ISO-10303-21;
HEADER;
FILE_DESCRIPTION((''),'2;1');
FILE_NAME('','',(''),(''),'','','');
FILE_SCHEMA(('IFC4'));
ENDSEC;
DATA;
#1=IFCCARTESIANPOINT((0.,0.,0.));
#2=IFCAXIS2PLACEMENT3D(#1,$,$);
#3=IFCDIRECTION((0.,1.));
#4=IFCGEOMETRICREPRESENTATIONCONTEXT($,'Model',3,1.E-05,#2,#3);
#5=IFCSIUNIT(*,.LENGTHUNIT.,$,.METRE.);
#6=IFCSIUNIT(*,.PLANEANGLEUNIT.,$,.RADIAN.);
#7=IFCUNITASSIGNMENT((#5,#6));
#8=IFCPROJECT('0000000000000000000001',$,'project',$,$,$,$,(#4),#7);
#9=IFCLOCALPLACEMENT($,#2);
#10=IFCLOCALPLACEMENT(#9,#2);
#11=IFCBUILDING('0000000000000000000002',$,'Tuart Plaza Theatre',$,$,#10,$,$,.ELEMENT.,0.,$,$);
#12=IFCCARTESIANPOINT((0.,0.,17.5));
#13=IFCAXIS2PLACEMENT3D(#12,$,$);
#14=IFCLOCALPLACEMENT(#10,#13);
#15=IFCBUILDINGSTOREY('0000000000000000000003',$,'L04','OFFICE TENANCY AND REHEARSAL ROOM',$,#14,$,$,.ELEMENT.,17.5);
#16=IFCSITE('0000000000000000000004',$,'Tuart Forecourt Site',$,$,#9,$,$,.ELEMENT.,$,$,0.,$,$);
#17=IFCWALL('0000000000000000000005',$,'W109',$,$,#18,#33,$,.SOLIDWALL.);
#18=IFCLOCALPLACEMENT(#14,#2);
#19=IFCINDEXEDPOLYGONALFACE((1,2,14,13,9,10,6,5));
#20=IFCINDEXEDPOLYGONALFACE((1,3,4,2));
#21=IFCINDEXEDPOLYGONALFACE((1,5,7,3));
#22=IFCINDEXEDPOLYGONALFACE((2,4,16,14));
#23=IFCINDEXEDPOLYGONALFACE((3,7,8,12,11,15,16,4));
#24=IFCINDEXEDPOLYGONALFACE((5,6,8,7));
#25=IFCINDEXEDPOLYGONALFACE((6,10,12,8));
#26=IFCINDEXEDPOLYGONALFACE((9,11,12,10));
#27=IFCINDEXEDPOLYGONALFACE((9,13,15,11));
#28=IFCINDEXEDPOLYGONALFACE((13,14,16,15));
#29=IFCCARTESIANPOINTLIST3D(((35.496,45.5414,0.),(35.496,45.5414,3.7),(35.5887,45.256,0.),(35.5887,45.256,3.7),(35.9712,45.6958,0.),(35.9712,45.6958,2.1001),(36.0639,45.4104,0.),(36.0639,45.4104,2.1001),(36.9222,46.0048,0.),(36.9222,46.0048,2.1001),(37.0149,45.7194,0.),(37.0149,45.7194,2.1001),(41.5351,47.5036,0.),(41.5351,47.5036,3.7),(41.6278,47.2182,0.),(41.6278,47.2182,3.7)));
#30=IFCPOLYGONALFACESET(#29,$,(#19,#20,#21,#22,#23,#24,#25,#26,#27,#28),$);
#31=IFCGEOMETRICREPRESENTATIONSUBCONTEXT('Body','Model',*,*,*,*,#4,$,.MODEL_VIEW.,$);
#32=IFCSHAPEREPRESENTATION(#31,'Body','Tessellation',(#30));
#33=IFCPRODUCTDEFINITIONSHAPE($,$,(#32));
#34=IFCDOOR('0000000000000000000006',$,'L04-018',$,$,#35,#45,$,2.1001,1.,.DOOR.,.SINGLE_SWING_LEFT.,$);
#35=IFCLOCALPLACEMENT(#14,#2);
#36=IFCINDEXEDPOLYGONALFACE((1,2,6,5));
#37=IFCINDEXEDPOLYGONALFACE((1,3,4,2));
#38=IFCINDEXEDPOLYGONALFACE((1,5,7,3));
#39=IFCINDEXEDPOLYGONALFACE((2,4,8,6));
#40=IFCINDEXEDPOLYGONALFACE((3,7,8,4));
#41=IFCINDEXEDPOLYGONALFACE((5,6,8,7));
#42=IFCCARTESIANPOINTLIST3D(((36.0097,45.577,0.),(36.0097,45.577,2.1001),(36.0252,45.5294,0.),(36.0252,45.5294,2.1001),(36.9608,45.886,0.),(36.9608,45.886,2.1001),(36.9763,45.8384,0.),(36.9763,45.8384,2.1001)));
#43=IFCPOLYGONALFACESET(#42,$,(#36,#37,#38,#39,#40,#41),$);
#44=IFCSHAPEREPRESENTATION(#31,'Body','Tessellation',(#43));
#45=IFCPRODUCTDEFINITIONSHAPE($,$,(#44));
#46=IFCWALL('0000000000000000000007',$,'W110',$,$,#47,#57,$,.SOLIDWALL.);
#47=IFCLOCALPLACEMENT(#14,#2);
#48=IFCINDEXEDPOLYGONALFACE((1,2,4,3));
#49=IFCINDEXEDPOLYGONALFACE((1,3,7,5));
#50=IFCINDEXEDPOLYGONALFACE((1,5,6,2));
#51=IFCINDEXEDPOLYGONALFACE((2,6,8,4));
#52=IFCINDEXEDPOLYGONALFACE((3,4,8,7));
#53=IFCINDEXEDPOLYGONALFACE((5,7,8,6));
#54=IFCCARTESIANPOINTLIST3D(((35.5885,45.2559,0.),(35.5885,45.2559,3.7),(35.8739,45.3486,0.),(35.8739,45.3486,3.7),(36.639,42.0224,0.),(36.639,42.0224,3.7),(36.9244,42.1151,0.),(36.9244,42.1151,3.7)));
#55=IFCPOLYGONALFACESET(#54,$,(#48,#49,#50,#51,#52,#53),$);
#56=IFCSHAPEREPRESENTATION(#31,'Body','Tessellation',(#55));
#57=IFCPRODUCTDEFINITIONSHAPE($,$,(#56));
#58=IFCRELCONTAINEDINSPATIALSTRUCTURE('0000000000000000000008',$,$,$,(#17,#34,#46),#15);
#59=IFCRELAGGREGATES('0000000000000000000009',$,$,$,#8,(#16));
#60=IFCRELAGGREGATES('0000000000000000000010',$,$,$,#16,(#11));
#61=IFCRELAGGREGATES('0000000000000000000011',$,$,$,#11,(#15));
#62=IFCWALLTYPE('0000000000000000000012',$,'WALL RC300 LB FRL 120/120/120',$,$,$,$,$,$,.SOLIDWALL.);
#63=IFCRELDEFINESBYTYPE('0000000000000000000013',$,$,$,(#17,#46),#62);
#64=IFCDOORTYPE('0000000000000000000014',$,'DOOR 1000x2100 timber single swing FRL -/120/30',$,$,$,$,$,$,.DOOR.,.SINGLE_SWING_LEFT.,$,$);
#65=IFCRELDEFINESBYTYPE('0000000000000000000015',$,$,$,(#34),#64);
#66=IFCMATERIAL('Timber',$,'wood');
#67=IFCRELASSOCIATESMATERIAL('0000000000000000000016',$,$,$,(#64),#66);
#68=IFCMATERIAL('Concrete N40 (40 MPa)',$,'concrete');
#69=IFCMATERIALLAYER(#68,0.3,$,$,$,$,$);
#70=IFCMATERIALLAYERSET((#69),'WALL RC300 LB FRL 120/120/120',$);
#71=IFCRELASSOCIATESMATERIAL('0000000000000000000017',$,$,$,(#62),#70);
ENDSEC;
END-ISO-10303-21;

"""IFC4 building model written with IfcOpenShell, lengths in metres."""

from ifc_helpers import new_model, si_unit, direction, frame, frame_2d, origin, place, context, subcontext, project, spatial, rectangle, extrude, material, layer, layer_set, type_object, element, fill, save


model = new_model("IFC4")

# Units and contexts
model_context = context("Model", 3, precision=1e-05, world=origin(), true_north=direction((0.0, 1.0)))
body_context = subcontext(model_context, "Body", "Model", "MODEL_VIEW")
ifc_project = project(units=[si_unit("LENGTHUNIT", "METRE"), si_unit("PLANEANGLEUNIT", "RADIAN")], contexts=[model_context])

# Site, building, storey
site_placement = place(None, origin())
site = spatial("IfcSite", under=ifc_project, at=site_placement, Name="Tuart Forecourt Site", CompositionType="ELEMENT", RefElevation=0.0)
building_placement = place(site_placement, origin())
building = spatial("IfcBuilding", under=site, at=building_placement, Name="Tuart Plaza Theatre", CompositionType="ELEMENT", ElevationOfRefHeight=0.0)
storey_placement = place(building_placement, frame((0.0, 0.0, 17.5)))
storey = spatial("IfcBuildingStorey", under=building, at=storey_placement, Name="L04", Description="OFFICE TENANCY AND REHEARSAL ROOM", CompositionType="ELEMENT", Elevation=17.5)

# Shared definitions
ifc_material_1 = material(Name="Timber", Category="wood")
door_type_1 = type_object("IfcDoorType", Name="DOOR 1000x2100 timber single swing FRL -/120/30", OperationType="SINGLE_SWING_LEFT", PredefinedType="DOOR", material=ifc_material_1)

# Wall, opening, door
ifc_material_2 = material(Name="Concrete N40 (40 MPa)", Category="concrete")
ifc_layer_1 = layer(ifc_material_2, 0.3)
ifc_layer_set_1 = layer_set([ifc_layer_1], Name="WALL RC300 LB FRL 120/120/120")
wall_type_1 = type_object("IfcWallType", Name="WALL RC300 LB FRL 120/120/120", PredefinedType="SOLIDWALL", material=ifc_layer_set_1)
wall_1_placement = place(storey_placement, frame((41.5813, 47.3608, 0.0), z_axis=(0.0, 0.0, 1.0), x_axis=(-0.951059, -0.30901, 0.0)))
wall_1 = element("IfcWall", 1, at=wall_1_placement, inside=storey, type_object=wall_type_1, Name="W109", PredefinedType="SOLIDWALL", context=body_context, shape_type="SweptSolid", body=[
    extrude(rectangle(XDim=6.3499, YDim=0.3, at=frame_2d((3.1748, 0.0))), origin(), (0.0, 0.0, 1.0), 3.7),
])
opening_1_placement = place(wall_1_placement, frame((4.8501, 0.0, 0.0)))
opening_1 = element("IfcOpeningElement", 2, at=opening_1_placement, cuts=wall_1, PredefinedType="OPENING", context=body_context, shape_type="SweptSolid", body=[
    extrude(rectangle(XDim=1.0, YDim=2.1001, at=frame_2d((0.5, 1.05))), frame((0.0, 0.1599, 0.0), z_axis=(0.0, -1.0, 0.0), x_axis=(1.0, 0.0, 0.0)), (0.0, 0.0, 1.0), 0.3201),
])
door_1_placement = place(opening_1_placement, origin())
door_1 = element("IfcDoor", 3, at=door_1_placement, inside=storey, type_object=door_type_1, Name="L04-018", OperationType="SINGLE_SWING_LEFT", OverallHeight=2.1001, OverallWidth=1.0, PredefinedType="DOOR", context=body_context, shape_type="SweptSolid", body=[
    extrude(rectangle(XDim=1.0, YDim=2.1001, at=frame_2d((0.5, 1.05))), frame((0.0, 0.0249, 0.0), z_axis=(0.0, -1.0, 0.0), x_axis=(1.0, 0.0, 0.0)), (0.0, 0.0, 1.0), 0.05),
])
fill(opening_1, door_1)

# Wall
wall_2_placement = place(storey_placement, frame((35.7312, 45.3022, 0.0), z_axis=(0.0, 0.0, 1.0), x_axis=(0.308981, -0.951068, 0.0)))
element("IfcWall", 4, at=wall_2_placement, inside=storey, type_object=wall_type_1, Name="W110", PredefinedType="SOLIDWALL", context=body_context, shape_type="SweptSolid", body=[
    extrude(rectangle(XDim=3.3999, YDim=0.3, at=frame_2d((1.7, 0.0))), origin(), (0.0, 0.0, 1.0), 3.7),
])

save(model, "model.ifc")
